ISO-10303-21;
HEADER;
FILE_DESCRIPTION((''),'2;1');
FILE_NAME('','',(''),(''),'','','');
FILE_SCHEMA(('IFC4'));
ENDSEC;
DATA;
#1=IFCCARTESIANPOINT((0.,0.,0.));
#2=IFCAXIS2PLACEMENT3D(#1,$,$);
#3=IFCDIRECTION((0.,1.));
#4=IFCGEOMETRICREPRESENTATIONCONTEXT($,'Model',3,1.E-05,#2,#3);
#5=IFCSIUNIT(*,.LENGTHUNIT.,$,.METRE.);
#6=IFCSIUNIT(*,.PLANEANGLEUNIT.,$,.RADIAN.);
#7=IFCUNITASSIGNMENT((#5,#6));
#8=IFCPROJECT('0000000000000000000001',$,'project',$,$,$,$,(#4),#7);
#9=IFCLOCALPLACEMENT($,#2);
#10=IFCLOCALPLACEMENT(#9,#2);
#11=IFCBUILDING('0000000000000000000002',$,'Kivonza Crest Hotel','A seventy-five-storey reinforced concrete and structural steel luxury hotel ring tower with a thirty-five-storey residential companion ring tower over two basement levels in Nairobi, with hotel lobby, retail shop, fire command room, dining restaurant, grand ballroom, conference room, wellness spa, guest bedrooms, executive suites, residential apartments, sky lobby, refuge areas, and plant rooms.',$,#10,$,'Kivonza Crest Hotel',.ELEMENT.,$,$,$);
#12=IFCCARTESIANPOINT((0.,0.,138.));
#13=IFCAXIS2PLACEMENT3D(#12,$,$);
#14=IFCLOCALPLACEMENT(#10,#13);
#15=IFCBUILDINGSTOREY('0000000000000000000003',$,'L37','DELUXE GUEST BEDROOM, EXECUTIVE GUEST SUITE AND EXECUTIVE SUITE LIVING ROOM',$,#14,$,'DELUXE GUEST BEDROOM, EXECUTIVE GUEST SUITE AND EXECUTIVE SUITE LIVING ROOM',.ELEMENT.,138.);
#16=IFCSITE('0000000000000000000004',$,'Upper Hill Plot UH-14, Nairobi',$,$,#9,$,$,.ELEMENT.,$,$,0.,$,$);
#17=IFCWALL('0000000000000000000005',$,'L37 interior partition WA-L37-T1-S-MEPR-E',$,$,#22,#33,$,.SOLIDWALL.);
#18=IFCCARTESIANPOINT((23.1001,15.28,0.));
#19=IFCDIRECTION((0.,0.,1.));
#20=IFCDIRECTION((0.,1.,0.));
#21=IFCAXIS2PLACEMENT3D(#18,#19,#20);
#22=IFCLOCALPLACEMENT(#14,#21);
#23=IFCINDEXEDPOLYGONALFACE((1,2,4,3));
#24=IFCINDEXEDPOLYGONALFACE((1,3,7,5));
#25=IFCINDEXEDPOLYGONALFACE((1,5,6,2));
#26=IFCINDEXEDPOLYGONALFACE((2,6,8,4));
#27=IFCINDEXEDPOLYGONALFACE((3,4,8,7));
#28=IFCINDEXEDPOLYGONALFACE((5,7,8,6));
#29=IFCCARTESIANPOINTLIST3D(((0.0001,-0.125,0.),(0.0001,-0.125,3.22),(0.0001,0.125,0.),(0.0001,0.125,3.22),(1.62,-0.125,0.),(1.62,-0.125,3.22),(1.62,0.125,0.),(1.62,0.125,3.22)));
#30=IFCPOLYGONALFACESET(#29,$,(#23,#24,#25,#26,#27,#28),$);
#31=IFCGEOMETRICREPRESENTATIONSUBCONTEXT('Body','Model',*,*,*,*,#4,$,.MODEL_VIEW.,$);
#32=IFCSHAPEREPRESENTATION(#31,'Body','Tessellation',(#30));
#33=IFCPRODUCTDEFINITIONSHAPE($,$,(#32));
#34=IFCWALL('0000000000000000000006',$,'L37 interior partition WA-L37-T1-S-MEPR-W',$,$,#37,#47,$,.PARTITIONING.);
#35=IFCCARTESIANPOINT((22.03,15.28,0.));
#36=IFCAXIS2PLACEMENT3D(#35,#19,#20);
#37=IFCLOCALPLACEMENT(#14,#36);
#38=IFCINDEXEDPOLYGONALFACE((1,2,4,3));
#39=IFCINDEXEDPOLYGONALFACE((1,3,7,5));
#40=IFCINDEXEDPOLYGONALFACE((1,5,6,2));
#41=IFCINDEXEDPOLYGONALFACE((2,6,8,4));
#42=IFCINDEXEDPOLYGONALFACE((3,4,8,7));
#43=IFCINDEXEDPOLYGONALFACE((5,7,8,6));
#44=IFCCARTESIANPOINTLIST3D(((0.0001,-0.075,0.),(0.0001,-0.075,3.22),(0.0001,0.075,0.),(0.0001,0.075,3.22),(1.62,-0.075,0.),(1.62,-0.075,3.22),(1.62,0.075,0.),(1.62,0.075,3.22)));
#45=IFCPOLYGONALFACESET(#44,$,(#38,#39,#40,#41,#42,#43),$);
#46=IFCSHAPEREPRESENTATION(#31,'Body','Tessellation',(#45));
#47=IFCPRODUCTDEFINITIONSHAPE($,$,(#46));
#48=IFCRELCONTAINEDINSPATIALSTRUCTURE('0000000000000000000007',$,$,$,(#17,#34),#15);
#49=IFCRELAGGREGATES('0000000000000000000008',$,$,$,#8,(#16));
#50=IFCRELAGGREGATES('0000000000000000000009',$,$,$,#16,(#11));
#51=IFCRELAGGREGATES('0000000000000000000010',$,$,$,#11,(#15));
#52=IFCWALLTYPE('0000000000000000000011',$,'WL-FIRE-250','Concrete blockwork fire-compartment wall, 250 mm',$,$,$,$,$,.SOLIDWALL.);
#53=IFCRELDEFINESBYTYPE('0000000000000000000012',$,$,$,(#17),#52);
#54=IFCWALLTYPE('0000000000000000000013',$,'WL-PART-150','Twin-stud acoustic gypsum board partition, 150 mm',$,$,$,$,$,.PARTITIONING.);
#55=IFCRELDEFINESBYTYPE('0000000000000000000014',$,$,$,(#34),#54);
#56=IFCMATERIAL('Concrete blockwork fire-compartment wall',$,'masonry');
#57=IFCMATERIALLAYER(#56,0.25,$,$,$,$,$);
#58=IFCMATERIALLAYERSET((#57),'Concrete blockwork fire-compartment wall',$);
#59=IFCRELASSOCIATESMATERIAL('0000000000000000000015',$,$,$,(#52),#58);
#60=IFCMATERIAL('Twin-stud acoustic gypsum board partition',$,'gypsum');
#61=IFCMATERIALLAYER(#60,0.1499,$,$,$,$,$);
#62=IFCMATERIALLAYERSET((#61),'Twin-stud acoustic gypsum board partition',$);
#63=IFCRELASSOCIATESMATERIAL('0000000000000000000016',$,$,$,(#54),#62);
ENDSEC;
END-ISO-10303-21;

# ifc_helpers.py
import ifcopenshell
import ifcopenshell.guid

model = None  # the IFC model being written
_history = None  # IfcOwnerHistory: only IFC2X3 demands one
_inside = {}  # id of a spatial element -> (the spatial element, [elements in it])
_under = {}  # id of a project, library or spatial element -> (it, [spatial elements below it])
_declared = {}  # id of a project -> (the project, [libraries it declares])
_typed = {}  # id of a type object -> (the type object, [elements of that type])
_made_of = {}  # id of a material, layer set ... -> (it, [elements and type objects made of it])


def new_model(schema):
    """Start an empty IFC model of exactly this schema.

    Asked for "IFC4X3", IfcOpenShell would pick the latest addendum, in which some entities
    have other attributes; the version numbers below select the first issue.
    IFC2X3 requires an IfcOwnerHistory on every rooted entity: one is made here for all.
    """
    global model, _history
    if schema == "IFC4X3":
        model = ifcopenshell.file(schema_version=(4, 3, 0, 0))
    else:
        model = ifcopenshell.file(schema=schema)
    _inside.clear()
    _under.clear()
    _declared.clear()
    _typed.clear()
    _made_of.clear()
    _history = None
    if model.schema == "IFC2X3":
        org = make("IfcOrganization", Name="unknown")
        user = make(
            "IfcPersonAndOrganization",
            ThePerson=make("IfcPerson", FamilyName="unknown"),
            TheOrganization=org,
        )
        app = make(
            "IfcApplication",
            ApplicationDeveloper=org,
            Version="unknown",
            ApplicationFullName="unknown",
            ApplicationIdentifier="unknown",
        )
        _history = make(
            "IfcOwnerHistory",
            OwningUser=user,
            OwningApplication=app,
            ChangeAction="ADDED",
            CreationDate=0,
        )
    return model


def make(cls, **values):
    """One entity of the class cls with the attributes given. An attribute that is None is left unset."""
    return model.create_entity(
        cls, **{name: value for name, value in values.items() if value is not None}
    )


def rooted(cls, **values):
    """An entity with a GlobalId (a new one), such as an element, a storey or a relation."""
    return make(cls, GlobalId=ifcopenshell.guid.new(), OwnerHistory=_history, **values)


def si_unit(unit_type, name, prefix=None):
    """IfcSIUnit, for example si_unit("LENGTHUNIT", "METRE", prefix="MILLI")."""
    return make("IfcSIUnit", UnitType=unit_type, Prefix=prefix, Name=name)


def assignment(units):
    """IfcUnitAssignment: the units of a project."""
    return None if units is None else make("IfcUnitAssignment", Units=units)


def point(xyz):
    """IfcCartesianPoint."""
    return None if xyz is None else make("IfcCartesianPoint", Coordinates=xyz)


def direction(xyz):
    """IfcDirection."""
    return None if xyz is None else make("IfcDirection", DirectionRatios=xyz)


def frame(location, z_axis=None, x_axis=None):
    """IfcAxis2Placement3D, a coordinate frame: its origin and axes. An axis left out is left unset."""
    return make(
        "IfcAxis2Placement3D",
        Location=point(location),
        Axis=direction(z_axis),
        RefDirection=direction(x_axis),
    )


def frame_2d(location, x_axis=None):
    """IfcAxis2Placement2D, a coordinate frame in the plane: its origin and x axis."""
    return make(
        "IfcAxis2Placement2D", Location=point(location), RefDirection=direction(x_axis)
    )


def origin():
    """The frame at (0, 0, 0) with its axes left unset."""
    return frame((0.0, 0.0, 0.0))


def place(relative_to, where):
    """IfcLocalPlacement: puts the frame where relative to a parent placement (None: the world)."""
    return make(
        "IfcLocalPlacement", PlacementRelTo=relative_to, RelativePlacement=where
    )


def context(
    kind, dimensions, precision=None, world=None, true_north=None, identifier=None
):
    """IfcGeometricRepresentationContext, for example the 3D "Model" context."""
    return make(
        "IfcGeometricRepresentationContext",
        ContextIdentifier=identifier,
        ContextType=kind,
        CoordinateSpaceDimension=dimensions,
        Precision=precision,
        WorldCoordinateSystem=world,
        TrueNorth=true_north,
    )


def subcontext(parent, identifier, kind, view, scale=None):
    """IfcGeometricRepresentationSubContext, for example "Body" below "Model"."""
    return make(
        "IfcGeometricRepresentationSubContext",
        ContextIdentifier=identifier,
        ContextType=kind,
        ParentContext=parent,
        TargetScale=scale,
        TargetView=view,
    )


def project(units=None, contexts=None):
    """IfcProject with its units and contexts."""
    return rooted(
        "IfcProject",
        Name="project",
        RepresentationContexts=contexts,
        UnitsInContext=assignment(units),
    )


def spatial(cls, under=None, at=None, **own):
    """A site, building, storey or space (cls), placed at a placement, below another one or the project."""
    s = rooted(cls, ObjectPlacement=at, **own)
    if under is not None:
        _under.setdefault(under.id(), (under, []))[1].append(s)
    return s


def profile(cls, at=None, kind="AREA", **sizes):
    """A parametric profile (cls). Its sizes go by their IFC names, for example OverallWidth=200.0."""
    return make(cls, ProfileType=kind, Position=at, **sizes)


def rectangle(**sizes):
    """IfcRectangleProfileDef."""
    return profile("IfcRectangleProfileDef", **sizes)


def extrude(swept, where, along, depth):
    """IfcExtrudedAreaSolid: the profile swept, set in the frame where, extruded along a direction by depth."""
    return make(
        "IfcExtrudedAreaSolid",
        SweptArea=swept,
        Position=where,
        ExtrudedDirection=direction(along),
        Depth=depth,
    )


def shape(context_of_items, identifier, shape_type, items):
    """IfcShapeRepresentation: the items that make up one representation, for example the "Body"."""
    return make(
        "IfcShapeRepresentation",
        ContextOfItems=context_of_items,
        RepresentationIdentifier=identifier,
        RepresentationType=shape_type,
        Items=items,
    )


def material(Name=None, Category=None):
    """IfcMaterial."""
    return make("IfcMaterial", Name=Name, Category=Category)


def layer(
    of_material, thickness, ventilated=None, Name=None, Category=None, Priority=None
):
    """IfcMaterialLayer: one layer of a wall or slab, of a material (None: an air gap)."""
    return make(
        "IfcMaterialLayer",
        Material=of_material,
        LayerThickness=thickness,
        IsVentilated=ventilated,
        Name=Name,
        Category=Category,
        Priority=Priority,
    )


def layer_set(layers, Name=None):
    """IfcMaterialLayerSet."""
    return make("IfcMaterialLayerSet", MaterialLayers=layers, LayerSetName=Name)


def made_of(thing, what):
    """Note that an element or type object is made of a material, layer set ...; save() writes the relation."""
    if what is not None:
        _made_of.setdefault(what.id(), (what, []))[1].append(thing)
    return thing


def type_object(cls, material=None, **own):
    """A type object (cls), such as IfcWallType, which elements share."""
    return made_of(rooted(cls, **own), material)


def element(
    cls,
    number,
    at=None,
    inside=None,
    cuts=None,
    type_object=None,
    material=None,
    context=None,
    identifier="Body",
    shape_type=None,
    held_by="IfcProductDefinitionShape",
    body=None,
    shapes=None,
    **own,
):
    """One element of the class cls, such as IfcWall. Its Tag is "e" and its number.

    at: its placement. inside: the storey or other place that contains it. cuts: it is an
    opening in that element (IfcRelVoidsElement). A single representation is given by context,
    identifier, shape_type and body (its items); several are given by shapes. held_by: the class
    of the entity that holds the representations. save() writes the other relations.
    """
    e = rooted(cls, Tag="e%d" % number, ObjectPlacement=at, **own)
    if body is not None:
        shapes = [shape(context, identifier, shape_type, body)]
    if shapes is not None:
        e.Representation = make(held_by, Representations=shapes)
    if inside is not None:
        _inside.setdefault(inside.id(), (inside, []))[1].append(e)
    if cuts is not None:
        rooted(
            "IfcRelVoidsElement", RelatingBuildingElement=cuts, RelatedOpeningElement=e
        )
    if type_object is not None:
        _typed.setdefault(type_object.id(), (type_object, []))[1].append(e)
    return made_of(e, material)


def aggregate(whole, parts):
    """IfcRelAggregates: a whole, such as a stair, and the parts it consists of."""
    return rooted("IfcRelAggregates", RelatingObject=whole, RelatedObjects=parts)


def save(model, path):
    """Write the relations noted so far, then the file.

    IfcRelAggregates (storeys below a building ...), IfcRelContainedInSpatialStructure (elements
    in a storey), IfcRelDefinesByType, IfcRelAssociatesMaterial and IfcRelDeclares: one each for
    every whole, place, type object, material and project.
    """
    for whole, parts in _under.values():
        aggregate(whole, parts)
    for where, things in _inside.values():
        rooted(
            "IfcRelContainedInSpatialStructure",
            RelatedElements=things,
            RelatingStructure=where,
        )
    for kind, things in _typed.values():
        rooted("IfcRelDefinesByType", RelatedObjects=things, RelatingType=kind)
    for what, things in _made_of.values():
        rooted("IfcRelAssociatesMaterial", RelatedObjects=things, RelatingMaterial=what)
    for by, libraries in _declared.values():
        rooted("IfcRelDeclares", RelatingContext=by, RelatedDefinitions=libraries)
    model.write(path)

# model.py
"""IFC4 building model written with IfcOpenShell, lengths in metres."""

from ifc_helpers import new_model, si_unit, direction, frame, frame_2d, origin, place, context, subcontext, project, spatial, rectangle, extrude, material, layer, layer_set, type_object, element, save


model = new_model("IFC4")

# Units and contexts
model_context = context("Model", 3, precision=1e-05, world=origin(), true_north=direction((0.0, 1.0)))
body_context = subcontext(model_context, "Body", "Model", "MODEL_VIEW")
ifc_project = project(units=[si_unit("LENGTHUNIT", "METRE"), si_unit("PLANEANGLEUNIT", "RADIAN")], contexts=[model_context])

# Site, building, storey
site_placement = place(None, origin())
site = spatial("IfcSite", under=ifc_project, at=site_placement, Name="Upper Hill Plot UH-14, Nairobi", CompositionType="ELEMENT", RefElevation=0.0)
building_placement = place(site_placement, origin())
building = spatial("IfcBuilding", under=site, at=building_placement, Name="Kivonza Crest Hotel", Description="A seventy-five-storey reinforced concrete and structural steel luxury hotel ring tower with a thirty-five-storey residential companion ring tower over two basement levels in Nairobi, with hotel lobby, retail shop, fire command room, dining restaurant, grand ballroom, conference room, wellness spa, guest bedrooms, executive suites, residential apartments, sky lobby, refuge areas, and plant rooms.", LongName="Kivonza Crest Hotel", CompositionType="ELEMENT")
storey_placement = place(building_placement, frame((0.0, 0.0, 138.0)))
storey = spatial("IfcBuildingStorey", under=building, at=storey_placement, Name="L37", Description="DELUXE GUEST BEDROOM, EXECUTIVE GUEST SUITE AND EXECUTIVE SUITE LIVING ROOM", LongName="DELUXE GUEST BEDROOM, EXECUTIVE GUEST SUITE AND EXECUTIVE SUITE LIVING ROOM", CompositionType="ELEMENT", Elevation=138.0)

# Walls
ifc_material_1 = material(Name="Concrete blockwork fire-compartment wall", Category="masonry")
ifc_layer_1 = layer(ifc_material_1, 0.25)
ifc_layer_set_1 = layer_set([ifc_layer_1], Name="Concrete blockwork fire-compartment wall")
wall_type_1 = type_object("IfcWallType", Name="WL-FIRE-250", Description="Concrete blockwork fire-compartment wall, 250 mm", PredefinedType="SOLIDWALL", material=ifc_layer_set_1)
wall_1_placement = place(storey_placement, frame((23.1001, 15.28, 0.0), z_axis=(0.0, 0.0, 1.0), x_axis=(0.0, 1.0, 0.0)))
element("IfcWall", 1, at=wall_1_placement, inside=storey, type_object=wall_type_1, Name="L37 interior partition WA-L37-T1-S-MEPR-E", PredefinedType="SOLIDWALL", context=body_context, shape_type="SweptSolid", body=[
    extrude(rectangle(XDim=1.6199, YDim=0.25, at=frame_2d((0.8101, 0.0))), origin(), (0.0, 0.0, 1.0), 3.22),
])
ifc_material_2 = material(Name="Twin-stud acoustic gypsum board partition", Category="gypsum")
ifc_layer_2 = layer(ifc_material_2, 0.1499)
ifc_layer_set_2 = layer_set([ifc_layer_2], Name="Twin-stud acoustic gypsum board partition")
wall_type_2 = type_object("IfcWallType", Name="WL-PART-150", Description="Twin-stud acoustic gypsum board partition, 150 mm", PredefinedType="PARTITIONING", material=ifc_layer_set_2)
wall_2_placement = place(storey_placement, frame((22.03, 15.28, 0.0), z_axis=(0.0, 0.0, 1.0), x_axis=(0.0, 1.0, 0.0)))
element("IfcWall", 2, at=wall_2_placement, inside=storey, type_object=wall_type_2, Name="L37 interior partition WA-L37-T1-S-MEPR-W", PredefinedType="PARTITIONING", context=body_context, shape_type="SweptSolid", body=[
    extrude(rectangle(XDim=1.6199, YDim=0.1499, at=frame_2d((0.8101, 0.0))), origin(), (0.0, 0.0, 1.0), 3.22),
])

save(model, "model.ifc")
